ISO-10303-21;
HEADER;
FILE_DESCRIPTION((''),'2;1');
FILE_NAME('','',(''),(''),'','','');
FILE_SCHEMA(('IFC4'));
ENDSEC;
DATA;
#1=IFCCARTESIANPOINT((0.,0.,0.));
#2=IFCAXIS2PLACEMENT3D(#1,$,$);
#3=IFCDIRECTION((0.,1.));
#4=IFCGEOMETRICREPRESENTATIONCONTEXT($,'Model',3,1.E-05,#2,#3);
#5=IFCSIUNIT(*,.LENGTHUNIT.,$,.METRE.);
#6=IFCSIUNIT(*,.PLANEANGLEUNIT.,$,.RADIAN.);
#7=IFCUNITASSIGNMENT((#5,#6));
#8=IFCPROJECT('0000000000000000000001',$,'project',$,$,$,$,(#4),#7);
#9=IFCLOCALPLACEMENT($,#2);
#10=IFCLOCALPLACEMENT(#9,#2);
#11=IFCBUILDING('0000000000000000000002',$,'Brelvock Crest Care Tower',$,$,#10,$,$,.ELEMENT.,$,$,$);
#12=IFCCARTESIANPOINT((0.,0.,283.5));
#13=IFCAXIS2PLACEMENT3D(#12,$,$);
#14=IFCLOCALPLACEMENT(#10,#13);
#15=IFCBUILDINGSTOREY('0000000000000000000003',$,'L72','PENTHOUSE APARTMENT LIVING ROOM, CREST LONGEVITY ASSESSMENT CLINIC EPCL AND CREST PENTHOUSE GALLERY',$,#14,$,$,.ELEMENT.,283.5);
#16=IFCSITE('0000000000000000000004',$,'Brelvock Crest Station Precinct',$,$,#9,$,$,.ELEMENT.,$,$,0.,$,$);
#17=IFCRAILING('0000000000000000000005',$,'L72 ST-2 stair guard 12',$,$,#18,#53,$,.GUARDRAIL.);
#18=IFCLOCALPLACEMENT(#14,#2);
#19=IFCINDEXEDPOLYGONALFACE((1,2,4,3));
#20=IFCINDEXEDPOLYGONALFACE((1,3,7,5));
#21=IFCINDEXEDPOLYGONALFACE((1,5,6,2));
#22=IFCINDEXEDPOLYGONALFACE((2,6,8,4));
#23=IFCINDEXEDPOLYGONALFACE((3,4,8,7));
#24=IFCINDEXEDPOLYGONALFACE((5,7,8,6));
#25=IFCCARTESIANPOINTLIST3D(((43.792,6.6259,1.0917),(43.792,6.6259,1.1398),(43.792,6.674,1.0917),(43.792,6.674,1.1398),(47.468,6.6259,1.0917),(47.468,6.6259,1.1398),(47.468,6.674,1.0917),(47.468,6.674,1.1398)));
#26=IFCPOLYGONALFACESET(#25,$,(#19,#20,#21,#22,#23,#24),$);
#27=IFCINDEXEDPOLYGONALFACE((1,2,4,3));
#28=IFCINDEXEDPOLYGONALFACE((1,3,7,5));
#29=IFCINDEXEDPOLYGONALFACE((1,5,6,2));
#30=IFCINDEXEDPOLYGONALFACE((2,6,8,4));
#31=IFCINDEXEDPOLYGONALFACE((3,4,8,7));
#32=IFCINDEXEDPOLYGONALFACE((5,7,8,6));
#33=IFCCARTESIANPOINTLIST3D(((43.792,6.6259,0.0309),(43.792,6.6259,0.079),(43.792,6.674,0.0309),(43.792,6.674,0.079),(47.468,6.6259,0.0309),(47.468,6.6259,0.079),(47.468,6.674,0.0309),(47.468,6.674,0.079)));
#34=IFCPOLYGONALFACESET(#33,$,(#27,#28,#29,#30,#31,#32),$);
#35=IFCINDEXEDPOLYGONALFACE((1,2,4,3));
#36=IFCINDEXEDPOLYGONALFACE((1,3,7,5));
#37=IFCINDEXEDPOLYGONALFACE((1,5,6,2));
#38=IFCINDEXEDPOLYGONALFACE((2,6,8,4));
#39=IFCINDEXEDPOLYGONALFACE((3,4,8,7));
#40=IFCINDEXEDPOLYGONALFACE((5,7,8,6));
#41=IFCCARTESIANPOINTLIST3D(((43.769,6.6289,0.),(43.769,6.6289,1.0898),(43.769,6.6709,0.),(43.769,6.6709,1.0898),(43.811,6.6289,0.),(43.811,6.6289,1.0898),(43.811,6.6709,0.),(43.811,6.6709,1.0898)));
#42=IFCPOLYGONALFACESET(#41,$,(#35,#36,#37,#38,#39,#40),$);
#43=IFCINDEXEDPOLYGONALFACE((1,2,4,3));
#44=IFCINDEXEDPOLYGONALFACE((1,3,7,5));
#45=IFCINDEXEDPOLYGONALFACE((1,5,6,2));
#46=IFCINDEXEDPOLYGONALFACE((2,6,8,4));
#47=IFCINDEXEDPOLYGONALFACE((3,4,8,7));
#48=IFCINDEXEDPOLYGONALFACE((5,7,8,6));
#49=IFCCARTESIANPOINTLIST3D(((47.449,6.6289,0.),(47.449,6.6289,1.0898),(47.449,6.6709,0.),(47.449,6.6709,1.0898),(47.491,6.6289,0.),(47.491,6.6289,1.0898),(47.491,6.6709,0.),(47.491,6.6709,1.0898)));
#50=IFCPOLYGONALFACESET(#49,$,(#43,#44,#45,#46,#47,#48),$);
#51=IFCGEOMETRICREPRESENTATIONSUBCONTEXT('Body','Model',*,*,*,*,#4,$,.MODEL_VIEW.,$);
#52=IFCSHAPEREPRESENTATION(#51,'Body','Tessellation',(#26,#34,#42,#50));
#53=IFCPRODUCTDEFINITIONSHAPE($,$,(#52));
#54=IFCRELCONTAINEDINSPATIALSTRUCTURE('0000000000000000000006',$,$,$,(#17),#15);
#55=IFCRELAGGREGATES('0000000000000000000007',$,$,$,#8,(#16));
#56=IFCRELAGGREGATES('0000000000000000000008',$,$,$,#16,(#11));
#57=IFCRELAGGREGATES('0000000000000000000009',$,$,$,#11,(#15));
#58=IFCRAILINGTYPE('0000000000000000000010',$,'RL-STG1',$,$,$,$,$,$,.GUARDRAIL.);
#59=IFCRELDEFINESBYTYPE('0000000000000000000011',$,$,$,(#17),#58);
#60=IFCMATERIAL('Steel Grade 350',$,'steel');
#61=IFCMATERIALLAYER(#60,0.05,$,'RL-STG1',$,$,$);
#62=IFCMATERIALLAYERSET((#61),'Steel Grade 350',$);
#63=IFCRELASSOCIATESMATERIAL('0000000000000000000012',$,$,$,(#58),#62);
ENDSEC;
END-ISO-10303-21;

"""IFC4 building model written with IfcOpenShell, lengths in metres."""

from ifc_helpers import new_model, si_unit, direction, frame, origin, origin_2d, place, context, subcontext, project, spatial, rectangle, extrude, material, layer, layer_set, type_object, element, save


model = new_model("IFC4")

# Units and contexts
model_context = context("Model", 3, precision=1e-05, world=origin(), true_north=direction((0.0, 1.0)))
body_context = subcontext(model_context, "Body", "Model", "MODEL_VIEW")
ifc_project = project(units=[si_unit("LENGTHUNIT", "METRE"), si_unit("PLANEANGLEUNIT", "RADIAN")], contexts=[model_context])

# Site, building, storey
site_placement = place(None, origin())
site = spatial("IfcSite", under=ifc_project, at=site_placement, Name="Brelvock Crest Station Precinct", CompositionType="ELEMENT", RefElevation=0.0)
building_placement = place(site_placement, origin())
building = spatial("IfcBuilding", under=site, at=building_placement, Name="Brelvock Crest Care Tower", CompositionType="ELEMENT")
storey_placement = place(building_placement, frame((0.0, 0.0, 283.5)))
storey = spatial("IfcBuildingStorey", under=building, at=storey_placement, Name="L72", Description="PENTHOUSE APARTMENT LIVING ROOM, CREST LONGEVITY ASSESSMENT CLINIC EPCL AND CREST PENTHOUSE GALLERY", CompositionType="ELEMENT", Elevation=283.5)

# Shared definitions
ifc_material_1 = material(Name="Steel Grade 350", Category="steel")

# Railing
ifc_layer_1 = layer(ifc_material_1, 0.05, Name="RL-STG1")
ifc_layer_set_1 = layer_set([ifc_layer_1], Name="Steel Grade 350")
railing_type = type_object("IfcRailingType", Name="RL-STG1", PredefinedType="GUARDRAIL", material=ifc_layer_set_1)
railing_placement = place(storey_placement, frame((43.79, 6.6499, 0.0)))
element("IfcRailing", 1, at=railing_placement, inside=storey, type_object=railing_type, Name="L72 ST-2 stair guard 12", PredefinedType="GUARDRAIL", context=body_context, shape_type="SweptSolid", body=[
    extrude(rectangle(XDim=0.0481, YDim=0.0481, at=origin_2d()), frame((0.002, 0.0, 1.1157), z_axis=(1.0, 0.0, 0.0), x_axis=(0.0, 1.0, 0.0)), (0.0, 0.0, 1.0), 3.676),
    extrude(rectangle(XDim=0.0481, YDim=0.0481, at=origin_2d()), frame((0.002, 0.0, 0.0549), z_axis=(1.0, 0.0, 0.0), x_axis=(0.0, 1.0, 0.0)), (0.0, 0.0, 1.0), 3.676),
    extrude(rectangle(XDim=0.042, YDim=0.042, at=origin_2d()), origin(), (0.0, 0.0, 1.0), 1.0898),
    extrude(rectangle(XDim=0.042, YDim=0.042, at=origin_2d()), frame((3.6799, 0.0, 0.0)), (0.0, 0.0, 1.0), 1.0898),
])

save(model, "model.ifc")
